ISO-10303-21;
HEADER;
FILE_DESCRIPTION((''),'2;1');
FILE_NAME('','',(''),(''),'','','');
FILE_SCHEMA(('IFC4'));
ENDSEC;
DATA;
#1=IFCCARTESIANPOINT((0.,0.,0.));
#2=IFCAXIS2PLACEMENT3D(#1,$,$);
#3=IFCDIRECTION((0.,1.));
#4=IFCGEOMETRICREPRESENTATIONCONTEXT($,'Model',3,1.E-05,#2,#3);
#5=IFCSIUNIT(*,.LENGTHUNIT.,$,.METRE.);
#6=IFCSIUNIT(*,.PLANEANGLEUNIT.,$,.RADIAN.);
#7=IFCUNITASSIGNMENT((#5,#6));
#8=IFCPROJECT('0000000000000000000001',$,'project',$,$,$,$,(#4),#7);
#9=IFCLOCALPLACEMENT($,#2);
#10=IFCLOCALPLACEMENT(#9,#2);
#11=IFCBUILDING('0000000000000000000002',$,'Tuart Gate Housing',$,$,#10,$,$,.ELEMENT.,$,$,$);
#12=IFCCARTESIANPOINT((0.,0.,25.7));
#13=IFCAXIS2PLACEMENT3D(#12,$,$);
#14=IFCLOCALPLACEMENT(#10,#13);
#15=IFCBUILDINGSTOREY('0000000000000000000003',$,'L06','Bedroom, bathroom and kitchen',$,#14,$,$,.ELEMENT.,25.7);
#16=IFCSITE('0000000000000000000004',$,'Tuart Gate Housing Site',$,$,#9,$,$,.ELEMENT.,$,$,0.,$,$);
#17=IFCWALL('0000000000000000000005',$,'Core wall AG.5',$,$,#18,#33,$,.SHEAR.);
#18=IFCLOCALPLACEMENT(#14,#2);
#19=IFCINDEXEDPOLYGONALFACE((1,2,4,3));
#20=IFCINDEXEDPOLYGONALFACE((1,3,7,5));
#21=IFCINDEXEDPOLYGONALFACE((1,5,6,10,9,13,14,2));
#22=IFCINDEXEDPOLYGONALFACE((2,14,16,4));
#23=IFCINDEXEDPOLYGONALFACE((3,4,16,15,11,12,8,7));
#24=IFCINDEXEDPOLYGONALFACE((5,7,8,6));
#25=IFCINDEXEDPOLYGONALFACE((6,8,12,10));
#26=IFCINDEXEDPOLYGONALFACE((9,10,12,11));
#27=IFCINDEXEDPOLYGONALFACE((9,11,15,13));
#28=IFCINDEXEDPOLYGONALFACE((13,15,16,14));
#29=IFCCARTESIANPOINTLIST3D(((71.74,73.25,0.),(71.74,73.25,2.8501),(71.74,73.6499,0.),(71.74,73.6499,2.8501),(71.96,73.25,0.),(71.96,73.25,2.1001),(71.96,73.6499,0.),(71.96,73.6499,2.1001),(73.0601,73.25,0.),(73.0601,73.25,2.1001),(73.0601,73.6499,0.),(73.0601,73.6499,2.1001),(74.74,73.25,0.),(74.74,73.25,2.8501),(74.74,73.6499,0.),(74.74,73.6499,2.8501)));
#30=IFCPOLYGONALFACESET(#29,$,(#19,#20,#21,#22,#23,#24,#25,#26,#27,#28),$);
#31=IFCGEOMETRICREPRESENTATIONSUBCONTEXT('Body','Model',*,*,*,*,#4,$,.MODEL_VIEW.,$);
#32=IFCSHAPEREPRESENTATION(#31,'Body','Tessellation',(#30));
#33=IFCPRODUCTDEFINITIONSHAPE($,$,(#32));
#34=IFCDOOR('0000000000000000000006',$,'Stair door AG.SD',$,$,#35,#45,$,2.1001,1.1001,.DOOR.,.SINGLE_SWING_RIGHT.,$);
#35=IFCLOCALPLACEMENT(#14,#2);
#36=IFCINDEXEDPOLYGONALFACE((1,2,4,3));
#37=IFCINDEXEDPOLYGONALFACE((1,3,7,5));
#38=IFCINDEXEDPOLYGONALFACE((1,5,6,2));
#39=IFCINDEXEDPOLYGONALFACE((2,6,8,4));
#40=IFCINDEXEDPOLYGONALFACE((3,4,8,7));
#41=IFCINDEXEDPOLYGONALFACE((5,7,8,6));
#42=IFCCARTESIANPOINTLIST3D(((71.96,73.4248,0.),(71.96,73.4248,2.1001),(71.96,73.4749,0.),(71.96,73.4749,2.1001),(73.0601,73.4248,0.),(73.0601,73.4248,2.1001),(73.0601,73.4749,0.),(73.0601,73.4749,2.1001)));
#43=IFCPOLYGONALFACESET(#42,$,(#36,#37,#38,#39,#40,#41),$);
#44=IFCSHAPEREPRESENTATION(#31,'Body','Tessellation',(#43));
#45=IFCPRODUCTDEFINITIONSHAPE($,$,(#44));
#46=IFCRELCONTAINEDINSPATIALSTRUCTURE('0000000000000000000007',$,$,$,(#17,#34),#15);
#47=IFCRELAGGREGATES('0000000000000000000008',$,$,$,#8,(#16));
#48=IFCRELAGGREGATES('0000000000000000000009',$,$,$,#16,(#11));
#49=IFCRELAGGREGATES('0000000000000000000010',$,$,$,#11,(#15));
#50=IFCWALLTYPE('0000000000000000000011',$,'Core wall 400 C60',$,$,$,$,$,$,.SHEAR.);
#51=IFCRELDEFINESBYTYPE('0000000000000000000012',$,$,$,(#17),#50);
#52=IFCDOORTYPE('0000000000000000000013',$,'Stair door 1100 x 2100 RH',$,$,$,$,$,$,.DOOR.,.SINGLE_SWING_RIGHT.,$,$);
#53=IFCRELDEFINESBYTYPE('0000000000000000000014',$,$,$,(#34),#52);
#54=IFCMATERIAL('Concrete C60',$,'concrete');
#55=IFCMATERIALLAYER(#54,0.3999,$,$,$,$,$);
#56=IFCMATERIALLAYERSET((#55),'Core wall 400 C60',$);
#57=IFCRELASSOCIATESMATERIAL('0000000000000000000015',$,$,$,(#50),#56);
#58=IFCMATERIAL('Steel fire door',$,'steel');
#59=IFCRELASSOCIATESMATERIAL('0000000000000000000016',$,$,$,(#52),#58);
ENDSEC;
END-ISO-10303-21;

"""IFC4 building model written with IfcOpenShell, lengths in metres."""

from ifc_helpers import new_model, si_unit, direction, frame, frame_2d, origin, place, context, subcontext, project, spatial, rectangle, extrude, material, layer, layer_set, type_object, element, fill, save


model = new_model("IFC4")

# Units and contexts
model_context = context("Model", 3, precision=1e-05, world=origin(), true_north=direction((0.0, 1.0)))
body_context = subcontext(model_context, "Body", "Model", "MODEL_VIEW")
ifc_project = project(units=[si_unit("LENGTHUNIT", "METRE"), si_unit("PLANEANGLEUNIT", "RADIAN")], contexts=[model_context])

# Site, building, storey
site_placement = place(None, origin())
site = spatial("IfcSite", under=ifc_project, at=site_placement, Name="Tuart Gate Housing Site", CompositionType="ELEMENT", RefElevation=0.0)
building_placement = place(site_placement, origin())
building = spatial("IfcBuilding", under=site, at=building_placement, Name="Tuart Gate Housing", CompositionType="ELEMENT")
storey_placement = place(building_placement, frame((0.0, 0.0, 25.7)))
storey = spatial("IfcBuildingStorey", under=building, at=storey_placement, Name="L06", Description="Bedroom, bathroom and kitchen", CompositionType="ELEMENT", Elevation=25.7)

# Wall, opening, door
ifc_material_1 = material(Name="Concrete C60", Category="concrete")
ifc_layer = layer(ifc_material_1, 0.3999)
ifc_layer_set = layer_set([ifc_layer], Name="Core wall 400 C60")
wall_type = type_object("IfcWallType", Name="Core wall 400 C60", PredefinedType="SHEAR", material=ifc_layer_set)
wall_placement = place(storey_placement, frame((71.74, 73.45, 0.0), z_axis=(0.0, 0.0, 1.0), x_axis=(1.0, 0.0, 0.0)))
wall = element("IfcWall", 1, at=wall_placement, inside=storey, type_object=wall_type, Name="Core wall AG.5", PredefinedType="SHEAR", context=body_context, shape_type="SweptSolid", body=[
    extrude(rectangle(XDim=3.0, YDim=0.3999, at=frame_2d((1.5, 0.0))), origin(), (0.0, 0.0, 1.0), 2.8501),
])
opening_placement = place(wall_placement, frame((0.22, 0.0, 0.0)))
opening = element("IfcOpeningElement", 2, at=opening_placement, cuts=wall, PredefinedType="OPENING", context=body_context, shape_type="SweptSolid", body=[
    extrude(rectangle(XDim=1.1001, YDim=2.1001, at=frame_2d((0.55, 1.05))), frame((0.0, 0.21, 0.0), z_axis=(0.0, -1.0, 0.0), x_axis=(1.0, 0.0, 0.0)), (0.0, 0.0, 1.0), 0.4199),
])
ifc_material_2 = material(Name="Steel fire door", Category="steel")
door_type = type_object("IfcDoorType", Name="Stair door 1100 x 2100 RH", OperationType="SINGLE_SWING_RIGHT", PredefinedType="DOOR", material=ifc_material_2)
door_placement = place(opening_placement, frame((1.1001, 0.0, 0.0), z_axis=(0.0, 0.0, 1.0), x_axis=(-1.0, 0.0, 0.0)))
door = element("IfcDoor", 3, at=door_placement, inside=storey, type_object=door_type, Name="Stair door AG.SD", OperationType="SINGLE_SWING_RIGHT", OverallHeight=2.1001, OverallWidth=1.1001, PredefinedType="DOOR", context=body_context, shape_type="SweptSolid", body=[
    extrude(rectangle(XDim=1.1001, YDim=2.1001, at=frame_2d((0.55, 1.05))), frame((0.0, 0.0251, 0.0), z_axis=(0.0, -1.0, 0.0), x_axis=(1.0, 0.0, 0.0)), (0.0, 0.0, 1.0), 0.05),
])
fill(opening, door)

save(model, "model.ifc")
